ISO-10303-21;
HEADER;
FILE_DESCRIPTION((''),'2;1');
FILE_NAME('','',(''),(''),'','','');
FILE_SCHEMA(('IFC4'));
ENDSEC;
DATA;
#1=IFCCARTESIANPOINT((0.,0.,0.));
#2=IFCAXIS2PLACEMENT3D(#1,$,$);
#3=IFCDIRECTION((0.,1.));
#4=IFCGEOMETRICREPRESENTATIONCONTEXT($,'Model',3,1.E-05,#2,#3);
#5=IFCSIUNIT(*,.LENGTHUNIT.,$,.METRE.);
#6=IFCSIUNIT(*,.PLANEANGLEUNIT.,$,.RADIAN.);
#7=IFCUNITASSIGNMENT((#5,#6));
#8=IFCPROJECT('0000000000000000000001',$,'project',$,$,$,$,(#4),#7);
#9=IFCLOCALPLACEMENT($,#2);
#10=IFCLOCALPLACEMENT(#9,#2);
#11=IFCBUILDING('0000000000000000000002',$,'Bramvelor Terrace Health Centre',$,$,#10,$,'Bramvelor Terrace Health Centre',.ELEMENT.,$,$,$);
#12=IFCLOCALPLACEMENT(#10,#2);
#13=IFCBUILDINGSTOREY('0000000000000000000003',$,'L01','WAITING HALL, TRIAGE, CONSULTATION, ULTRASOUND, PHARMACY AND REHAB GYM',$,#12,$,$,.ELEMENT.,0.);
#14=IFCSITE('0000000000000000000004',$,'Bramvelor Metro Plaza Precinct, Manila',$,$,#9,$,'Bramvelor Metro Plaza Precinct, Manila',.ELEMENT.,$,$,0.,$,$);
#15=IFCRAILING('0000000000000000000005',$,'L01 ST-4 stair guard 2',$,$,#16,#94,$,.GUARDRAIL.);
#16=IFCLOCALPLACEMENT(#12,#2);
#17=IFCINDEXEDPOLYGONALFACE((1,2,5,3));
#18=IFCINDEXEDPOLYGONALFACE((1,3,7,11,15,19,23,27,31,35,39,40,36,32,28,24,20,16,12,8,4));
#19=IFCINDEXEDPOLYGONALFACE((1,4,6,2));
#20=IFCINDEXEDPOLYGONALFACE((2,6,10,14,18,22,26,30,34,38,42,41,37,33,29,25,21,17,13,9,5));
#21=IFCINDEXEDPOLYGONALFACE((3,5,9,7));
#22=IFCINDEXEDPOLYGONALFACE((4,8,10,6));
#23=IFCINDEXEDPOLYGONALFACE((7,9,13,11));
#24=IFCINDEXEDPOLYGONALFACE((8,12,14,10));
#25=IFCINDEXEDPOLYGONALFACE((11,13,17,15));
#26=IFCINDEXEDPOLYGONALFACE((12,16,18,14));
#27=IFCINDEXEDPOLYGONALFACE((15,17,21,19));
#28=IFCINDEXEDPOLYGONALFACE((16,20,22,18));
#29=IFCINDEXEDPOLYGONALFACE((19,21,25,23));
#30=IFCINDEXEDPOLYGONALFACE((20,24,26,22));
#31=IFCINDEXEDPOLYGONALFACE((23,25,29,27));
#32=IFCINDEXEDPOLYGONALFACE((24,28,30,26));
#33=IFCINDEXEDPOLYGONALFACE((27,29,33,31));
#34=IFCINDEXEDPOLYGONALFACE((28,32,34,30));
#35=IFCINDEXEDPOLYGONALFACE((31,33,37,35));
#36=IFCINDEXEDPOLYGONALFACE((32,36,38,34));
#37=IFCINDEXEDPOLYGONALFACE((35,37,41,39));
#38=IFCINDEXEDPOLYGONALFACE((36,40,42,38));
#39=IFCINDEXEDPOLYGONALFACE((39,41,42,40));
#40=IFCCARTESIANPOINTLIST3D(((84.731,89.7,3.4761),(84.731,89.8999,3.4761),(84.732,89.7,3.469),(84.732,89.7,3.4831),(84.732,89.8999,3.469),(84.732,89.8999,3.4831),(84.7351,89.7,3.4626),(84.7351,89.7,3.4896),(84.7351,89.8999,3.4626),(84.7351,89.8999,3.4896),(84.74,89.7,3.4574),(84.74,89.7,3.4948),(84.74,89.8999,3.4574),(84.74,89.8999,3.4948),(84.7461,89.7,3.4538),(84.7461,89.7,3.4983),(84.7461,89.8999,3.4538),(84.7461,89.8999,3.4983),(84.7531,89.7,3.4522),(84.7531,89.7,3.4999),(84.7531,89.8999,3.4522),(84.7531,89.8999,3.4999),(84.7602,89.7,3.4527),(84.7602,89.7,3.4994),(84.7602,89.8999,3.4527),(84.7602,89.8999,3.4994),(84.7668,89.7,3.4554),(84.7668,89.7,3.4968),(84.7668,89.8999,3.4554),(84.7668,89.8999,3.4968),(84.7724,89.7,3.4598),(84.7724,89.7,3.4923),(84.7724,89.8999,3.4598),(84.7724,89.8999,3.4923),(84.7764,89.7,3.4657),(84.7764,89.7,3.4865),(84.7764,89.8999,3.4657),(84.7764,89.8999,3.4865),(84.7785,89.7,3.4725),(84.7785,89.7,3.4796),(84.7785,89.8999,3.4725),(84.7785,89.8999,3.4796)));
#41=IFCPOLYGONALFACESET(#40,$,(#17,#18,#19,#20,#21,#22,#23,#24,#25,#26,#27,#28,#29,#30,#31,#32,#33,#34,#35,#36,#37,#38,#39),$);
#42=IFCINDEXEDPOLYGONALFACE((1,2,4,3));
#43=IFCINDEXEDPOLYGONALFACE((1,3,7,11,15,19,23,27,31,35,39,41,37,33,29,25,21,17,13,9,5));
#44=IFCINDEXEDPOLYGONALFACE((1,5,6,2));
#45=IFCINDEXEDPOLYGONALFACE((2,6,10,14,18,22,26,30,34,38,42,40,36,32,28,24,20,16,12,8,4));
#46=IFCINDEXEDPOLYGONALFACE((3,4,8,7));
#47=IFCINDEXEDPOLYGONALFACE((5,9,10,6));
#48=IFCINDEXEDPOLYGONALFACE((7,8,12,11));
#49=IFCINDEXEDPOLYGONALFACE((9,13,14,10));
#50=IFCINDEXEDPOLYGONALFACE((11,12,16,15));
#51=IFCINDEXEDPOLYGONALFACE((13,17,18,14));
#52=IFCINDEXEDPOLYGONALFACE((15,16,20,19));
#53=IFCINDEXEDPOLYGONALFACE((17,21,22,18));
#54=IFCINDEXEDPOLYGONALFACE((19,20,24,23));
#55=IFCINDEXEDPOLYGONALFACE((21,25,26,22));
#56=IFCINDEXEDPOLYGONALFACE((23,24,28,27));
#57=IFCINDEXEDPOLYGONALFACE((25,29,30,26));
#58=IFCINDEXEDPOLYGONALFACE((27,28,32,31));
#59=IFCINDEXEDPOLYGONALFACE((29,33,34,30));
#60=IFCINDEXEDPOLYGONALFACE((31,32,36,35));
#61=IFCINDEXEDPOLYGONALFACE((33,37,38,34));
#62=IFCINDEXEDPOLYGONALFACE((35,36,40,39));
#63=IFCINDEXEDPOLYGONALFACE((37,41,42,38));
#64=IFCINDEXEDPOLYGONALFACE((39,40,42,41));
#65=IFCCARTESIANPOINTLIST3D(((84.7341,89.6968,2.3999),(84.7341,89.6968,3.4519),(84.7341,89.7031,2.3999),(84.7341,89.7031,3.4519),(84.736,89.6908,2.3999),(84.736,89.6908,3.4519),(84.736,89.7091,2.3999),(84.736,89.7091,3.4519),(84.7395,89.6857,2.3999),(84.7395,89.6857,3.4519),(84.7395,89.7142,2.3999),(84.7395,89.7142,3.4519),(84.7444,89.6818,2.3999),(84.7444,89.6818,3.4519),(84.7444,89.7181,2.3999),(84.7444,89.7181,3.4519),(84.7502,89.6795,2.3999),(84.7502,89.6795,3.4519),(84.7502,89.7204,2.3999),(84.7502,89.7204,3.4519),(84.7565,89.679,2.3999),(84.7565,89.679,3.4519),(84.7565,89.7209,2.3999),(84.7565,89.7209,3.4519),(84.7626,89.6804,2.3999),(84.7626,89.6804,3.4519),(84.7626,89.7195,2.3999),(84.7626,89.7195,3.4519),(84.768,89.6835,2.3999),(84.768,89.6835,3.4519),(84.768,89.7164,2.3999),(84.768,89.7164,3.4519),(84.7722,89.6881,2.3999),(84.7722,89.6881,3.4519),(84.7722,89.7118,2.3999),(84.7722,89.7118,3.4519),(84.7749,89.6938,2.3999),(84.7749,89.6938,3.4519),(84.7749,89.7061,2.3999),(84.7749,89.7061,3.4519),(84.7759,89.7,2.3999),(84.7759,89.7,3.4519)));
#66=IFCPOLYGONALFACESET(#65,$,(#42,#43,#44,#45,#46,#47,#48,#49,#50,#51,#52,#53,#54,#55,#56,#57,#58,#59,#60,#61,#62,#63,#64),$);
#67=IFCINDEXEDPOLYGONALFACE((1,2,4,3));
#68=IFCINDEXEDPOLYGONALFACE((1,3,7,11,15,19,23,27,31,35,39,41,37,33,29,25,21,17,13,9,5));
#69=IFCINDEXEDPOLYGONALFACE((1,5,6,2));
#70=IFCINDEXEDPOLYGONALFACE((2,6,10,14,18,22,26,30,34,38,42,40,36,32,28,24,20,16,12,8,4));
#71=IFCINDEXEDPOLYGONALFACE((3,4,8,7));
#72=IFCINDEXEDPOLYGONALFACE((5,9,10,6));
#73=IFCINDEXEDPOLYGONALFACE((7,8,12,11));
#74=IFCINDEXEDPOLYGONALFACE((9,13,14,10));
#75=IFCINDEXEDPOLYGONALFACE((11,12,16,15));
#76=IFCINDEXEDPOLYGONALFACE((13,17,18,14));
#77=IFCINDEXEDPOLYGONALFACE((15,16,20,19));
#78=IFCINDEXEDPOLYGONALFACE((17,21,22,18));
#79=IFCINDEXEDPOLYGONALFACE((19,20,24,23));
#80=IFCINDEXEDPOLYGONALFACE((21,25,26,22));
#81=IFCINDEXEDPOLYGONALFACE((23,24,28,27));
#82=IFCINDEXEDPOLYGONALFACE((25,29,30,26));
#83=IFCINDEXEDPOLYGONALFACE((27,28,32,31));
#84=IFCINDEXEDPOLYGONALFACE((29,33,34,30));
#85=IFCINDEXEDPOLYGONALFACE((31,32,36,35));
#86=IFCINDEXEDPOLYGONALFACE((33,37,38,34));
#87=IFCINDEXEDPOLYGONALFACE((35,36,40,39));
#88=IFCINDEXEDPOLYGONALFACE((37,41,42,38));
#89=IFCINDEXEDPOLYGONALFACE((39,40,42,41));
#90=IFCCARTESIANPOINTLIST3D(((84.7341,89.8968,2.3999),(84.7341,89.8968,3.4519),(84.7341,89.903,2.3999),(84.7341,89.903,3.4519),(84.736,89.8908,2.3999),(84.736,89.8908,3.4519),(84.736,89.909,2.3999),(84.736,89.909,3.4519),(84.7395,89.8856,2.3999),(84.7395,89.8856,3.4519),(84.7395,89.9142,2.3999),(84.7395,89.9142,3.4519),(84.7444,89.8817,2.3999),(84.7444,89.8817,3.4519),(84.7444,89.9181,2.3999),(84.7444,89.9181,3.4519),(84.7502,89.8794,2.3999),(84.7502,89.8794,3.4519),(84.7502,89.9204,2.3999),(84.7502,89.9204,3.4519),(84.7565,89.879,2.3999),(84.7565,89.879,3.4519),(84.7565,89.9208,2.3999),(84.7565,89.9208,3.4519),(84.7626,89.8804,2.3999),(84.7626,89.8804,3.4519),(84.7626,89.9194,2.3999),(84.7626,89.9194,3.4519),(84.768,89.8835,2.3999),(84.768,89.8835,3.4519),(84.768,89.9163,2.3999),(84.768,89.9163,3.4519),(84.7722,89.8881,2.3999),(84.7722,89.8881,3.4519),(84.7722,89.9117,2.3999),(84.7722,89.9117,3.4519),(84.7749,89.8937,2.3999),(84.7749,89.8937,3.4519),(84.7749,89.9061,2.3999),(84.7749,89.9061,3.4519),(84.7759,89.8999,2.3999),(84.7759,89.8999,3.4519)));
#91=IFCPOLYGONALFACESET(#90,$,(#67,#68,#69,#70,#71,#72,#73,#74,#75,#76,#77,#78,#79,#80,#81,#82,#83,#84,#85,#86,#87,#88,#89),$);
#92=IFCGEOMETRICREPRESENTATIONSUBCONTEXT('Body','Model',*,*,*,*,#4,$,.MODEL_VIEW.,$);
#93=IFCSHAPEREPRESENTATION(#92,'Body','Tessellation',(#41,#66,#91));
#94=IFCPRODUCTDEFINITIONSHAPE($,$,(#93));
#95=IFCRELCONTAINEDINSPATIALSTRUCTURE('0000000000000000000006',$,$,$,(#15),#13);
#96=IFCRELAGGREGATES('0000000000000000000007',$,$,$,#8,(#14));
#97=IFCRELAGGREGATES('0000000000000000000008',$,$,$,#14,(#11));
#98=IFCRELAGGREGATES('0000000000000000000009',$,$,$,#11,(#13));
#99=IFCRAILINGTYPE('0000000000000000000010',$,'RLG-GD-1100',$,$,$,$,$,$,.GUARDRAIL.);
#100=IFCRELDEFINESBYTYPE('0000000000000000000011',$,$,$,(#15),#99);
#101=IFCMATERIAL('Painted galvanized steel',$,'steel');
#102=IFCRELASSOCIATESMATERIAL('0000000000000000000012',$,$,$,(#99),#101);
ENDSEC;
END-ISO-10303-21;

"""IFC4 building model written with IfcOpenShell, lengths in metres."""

from ifc_helpers import new_model, si_unit, direction, frame, origin, origin_2d, place, context, subcontext, project, spatial, circle, extrude, material, type_object, element, save


model = new_model("IFC4")

# Units and contexts
model_context = context("Model", 3, precision=1e-05, world=origin(), true_north=direction((0.0, 1.0)))
body_context = subcontext(model_context, "Body", "Model", "MODEL_VIEW")
ifc_project = project(units=[si_unit("LENGTHUNIT", "METRE"), si_unit("PLANEANGLEUNIT", "RADIAN")], contexts=[model_context])

# Site, building, storey
site_placement = place(None, origin())
site = spatial("IfcSite", under=ifc_project, at=site_placement, Name="Bramvelor Metro Plaza Precinct, Manila", LongName="Bramvelor Metro Plaza Precinct, Manila", CompositionType="ELEMENT", RefElevation=0.0)
building_placement = place(site_placement, origin())
building = spatial("IfcBuilding", under=site, at=building_placement, Name="Bramvelor Terrace Health Centre", LongName="Bramvelor Terrace Health Centre", CompositionType="ELEMENT")
storey_placement = place(building_placement, origin())
storey = spatial("IfcBuildingStorey", under=building, at=storey_placement, Name="L01", Description="WAITING HALL, TRIAGE, CONSULTATION, ULTRASOUND, PHARMACY AND REHAB GYM", CompositionType="ELEMENT", Elevation=0.0)

# Railing
ifc_material_1 = material(Name="Painted galvanized steel", Category="steel")
railing_type_1 = type_object("IfcRailingType", Name="RLG-GD-1100", PredefinedType="GUARDRAIL", material=ifc_material_1)
railing_1_placement = place(storey_placement, frame((84.7549, 89.7, 2.3999)))
element("IfcRailing", 1, at=railing_1_placement, inside=storey, type_object=railing_type_1, Name="L01 ST-4 stair guard 2", PredefinedType="GUARDRAIL", context=body_context, shape_type="SweptSolid", body=[
    extrude(circle(Radius=0.0239, at=origin_2d()), frame((0.0, 0.0, 1.0762), z_axis=(0.0, 1.0, 0.0), x_axis=(-1.0, 0.0, 0.0)), (0.0, 0.0, 1.0), 0.2),
    extrude(circle(Radius=0.021, at=origin_2d()), origin(), (0.0, 0.0, 1.0), 1.052),
    extrude(circle(Radius=0.021, at=origin_2d()), frame((0.0, 0.2, 0.0)), (0.0, 0.0, 1.0), 1.052),
])

save(model, "model.ifc")
